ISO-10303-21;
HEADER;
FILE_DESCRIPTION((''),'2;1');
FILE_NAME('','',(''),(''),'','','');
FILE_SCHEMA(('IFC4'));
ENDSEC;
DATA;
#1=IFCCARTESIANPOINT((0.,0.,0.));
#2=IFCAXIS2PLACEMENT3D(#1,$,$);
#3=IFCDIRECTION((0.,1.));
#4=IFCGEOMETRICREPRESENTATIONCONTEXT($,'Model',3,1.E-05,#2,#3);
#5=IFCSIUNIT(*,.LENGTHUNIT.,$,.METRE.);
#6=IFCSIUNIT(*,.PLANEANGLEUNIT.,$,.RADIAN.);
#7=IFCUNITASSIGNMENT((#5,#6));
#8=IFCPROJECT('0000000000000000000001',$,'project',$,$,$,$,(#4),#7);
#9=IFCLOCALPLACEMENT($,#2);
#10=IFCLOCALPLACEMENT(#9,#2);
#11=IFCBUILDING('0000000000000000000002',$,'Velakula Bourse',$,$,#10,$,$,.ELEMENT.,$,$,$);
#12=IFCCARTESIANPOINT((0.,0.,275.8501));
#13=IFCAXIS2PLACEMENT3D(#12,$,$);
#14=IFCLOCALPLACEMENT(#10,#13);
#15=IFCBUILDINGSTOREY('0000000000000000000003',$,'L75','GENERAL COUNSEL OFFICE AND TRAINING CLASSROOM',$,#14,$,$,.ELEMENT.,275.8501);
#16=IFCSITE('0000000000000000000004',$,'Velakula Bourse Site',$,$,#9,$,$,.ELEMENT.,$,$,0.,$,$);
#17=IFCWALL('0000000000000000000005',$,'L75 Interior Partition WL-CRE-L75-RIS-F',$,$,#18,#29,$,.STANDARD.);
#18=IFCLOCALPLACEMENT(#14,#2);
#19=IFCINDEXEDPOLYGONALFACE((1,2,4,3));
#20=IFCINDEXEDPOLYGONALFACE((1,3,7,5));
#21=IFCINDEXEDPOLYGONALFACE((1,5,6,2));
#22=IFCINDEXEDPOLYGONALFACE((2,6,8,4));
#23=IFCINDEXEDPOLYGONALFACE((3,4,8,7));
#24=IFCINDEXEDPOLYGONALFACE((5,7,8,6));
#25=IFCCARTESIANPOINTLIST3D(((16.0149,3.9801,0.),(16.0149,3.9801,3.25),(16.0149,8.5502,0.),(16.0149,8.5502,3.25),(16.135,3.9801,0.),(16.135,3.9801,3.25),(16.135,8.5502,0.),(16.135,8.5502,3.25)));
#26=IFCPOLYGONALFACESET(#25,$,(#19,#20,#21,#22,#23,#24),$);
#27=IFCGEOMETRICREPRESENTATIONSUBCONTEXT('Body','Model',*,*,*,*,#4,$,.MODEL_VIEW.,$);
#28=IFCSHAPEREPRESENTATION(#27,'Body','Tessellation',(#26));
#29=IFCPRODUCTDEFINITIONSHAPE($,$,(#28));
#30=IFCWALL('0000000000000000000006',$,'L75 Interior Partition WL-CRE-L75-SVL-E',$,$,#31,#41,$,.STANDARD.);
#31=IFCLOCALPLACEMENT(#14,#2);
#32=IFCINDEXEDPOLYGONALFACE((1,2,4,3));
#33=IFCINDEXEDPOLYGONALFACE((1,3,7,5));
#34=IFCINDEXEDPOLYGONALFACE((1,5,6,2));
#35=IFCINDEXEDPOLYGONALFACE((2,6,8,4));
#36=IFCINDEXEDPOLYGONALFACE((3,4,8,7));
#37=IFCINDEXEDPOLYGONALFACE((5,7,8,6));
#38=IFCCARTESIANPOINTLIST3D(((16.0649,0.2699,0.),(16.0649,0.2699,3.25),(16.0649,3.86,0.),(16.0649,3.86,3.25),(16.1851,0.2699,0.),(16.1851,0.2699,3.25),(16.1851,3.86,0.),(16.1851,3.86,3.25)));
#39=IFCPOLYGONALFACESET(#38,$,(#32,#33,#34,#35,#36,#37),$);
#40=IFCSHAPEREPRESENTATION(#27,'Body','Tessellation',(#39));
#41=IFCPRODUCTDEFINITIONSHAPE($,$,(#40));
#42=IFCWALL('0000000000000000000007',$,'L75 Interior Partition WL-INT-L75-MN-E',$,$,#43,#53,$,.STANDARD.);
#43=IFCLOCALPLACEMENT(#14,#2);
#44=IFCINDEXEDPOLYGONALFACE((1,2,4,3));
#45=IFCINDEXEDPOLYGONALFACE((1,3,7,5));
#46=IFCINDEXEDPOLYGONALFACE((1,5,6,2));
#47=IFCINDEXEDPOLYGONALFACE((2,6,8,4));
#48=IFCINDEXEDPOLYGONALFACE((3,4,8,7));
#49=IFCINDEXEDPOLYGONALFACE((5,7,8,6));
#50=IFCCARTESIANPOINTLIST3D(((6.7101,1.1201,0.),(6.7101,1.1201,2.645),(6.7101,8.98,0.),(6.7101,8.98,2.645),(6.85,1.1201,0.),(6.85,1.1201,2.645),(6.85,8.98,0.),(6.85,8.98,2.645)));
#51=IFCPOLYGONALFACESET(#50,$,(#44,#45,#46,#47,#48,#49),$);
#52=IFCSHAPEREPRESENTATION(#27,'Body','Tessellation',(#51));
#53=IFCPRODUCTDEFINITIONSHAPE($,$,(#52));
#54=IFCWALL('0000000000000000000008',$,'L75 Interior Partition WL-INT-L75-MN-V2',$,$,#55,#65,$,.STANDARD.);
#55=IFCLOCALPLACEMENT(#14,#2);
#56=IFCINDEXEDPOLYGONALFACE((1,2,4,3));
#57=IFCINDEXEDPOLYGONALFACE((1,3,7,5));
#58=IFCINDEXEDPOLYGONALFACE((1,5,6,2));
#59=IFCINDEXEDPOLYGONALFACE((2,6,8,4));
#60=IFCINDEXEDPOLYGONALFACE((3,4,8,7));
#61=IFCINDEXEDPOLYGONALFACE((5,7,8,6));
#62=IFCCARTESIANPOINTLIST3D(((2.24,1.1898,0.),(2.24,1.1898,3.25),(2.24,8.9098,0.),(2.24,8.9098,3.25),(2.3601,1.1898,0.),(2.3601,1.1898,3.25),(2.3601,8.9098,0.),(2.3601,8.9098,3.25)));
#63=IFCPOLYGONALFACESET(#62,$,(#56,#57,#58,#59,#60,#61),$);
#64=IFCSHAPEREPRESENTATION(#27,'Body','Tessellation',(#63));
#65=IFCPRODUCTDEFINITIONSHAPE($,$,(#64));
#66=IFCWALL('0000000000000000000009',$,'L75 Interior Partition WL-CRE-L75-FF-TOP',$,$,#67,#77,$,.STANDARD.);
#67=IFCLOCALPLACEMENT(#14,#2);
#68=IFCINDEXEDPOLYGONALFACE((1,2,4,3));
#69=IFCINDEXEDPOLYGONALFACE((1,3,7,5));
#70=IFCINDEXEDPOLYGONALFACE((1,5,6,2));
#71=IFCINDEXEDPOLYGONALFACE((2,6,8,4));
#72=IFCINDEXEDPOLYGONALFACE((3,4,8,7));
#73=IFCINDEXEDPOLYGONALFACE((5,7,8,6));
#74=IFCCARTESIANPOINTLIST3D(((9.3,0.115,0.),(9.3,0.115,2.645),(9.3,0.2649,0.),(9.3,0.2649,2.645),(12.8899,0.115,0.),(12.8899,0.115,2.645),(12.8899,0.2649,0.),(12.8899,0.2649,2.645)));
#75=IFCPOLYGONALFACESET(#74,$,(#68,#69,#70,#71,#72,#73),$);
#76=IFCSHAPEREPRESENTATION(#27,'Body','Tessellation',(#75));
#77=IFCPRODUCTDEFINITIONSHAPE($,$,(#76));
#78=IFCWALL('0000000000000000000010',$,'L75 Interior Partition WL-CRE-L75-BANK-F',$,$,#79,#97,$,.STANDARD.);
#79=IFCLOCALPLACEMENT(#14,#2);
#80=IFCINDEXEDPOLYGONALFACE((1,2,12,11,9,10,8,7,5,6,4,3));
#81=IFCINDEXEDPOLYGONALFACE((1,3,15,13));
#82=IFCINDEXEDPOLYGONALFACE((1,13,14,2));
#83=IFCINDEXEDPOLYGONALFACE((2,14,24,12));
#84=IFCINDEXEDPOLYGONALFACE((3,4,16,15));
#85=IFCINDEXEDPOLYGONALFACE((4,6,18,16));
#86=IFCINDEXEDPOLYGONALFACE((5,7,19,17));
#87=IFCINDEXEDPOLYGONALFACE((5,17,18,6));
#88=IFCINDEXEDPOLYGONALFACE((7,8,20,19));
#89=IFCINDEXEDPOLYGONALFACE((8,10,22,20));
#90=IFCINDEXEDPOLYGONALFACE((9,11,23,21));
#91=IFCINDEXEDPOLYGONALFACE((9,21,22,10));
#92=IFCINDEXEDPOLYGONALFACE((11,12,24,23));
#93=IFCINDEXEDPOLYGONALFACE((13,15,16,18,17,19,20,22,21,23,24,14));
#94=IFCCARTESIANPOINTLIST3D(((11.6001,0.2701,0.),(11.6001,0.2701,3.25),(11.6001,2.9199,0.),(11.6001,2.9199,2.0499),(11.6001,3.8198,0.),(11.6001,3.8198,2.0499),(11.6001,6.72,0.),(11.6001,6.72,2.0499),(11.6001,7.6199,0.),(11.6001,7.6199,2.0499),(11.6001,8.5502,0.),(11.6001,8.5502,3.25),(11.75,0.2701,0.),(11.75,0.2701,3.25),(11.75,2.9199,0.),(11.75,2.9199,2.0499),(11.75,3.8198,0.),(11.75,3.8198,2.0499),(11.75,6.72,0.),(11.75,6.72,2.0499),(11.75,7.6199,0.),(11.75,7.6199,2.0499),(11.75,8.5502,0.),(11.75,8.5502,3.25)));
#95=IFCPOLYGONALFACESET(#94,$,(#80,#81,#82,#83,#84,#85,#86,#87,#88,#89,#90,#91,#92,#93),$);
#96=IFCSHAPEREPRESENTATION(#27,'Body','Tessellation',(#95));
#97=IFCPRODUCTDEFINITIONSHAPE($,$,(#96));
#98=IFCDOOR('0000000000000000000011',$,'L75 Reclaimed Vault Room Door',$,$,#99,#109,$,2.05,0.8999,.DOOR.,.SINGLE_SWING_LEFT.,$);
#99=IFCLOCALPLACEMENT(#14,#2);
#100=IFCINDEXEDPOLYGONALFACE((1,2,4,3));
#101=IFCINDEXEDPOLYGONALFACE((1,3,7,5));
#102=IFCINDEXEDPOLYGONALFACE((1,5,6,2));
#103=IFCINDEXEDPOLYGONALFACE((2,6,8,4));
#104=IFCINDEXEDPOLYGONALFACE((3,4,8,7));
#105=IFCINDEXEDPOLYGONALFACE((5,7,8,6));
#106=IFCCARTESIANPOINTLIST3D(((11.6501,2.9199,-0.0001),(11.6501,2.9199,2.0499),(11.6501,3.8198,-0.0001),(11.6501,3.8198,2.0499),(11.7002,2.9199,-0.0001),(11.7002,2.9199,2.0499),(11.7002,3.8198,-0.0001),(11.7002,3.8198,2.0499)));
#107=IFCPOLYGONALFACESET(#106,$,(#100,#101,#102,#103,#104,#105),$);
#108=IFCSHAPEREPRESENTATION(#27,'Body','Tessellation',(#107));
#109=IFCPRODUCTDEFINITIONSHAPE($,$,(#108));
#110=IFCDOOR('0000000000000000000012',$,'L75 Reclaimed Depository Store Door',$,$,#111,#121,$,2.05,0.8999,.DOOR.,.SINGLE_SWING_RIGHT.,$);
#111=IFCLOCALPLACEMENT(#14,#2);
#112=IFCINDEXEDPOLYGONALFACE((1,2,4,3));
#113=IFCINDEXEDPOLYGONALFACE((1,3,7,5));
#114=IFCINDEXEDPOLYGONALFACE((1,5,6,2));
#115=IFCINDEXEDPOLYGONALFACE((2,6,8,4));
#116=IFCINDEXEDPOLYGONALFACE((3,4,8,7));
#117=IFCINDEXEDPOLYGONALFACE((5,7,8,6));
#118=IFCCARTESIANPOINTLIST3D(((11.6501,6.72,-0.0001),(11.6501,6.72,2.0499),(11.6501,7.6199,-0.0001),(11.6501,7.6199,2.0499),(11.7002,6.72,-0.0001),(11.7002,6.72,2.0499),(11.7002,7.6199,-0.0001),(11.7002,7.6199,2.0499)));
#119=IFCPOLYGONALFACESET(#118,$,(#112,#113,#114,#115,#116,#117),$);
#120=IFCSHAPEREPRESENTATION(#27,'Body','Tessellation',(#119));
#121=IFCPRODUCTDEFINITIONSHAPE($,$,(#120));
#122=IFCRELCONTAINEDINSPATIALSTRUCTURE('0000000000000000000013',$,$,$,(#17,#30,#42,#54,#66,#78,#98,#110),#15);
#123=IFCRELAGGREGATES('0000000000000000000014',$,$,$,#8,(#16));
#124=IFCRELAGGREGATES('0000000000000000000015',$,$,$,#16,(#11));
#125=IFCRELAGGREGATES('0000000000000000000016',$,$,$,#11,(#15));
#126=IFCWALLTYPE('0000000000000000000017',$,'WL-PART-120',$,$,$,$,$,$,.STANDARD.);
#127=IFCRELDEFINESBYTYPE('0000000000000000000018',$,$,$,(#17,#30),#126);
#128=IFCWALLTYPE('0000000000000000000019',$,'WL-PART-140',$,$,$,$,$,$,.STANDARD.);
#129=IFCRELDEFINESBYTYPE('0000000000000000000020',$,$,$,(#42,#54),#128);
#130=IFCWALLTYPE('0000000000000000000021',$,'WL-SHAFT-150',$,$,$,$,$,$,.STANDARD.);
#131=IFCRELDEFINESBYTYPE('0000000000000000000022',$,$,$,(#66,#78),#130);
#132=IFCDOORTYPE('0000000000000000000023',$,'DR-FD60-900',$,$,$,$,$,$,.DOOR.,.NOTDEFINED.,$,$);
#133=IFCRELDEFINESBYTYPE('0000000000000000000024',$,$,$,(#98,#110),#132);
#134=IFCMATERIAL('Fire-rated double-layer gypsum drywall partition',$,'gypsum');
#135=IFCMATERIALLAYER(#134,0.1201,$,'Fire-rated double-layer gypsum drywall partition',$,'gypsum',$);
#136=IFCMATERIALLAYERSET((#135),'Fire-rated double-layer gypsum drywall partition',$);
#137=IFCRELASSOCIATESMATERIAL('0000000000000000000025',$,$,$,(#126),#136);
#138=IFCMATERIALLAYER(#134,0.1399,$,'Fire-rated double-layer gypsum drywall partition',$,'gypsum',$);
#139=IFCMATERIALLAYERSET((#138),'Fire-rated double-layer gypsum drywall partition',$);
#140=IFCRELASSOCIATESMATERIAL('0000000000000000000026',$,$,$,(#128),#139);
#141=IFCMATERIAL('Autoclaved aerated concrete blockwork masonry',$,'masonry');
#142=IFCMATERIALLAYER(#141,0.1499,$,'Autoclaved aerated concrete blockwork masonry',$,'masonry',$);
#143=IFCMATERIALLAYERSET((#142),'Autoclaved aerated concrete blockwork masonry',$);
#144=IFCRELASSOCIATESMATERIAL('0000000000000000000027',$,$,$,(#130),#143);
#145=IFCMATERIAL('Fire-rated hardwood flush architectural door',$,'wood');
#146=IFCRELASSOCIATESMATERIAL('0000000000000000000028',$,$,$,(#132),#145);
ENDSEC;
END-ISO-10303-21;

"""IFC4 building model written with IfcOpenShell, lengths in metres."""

from ifc_helpers import new_model, si_unit, direction, frame, frame_2d, origin, place, context, subcontext, project, spatial, rectangle, extrude, material, layer, layer_set, type_object, element, fill, save


model = new_model("IFC4")

# Units and contexts
model_context = context("Model", 3, precision=1e-05, world=origin(), true_north=direction((0.0, 1.0)))
body_context = subcontext(model_context, "Body", "Model", "MODEL_VIEW")
ifc_project = project(units=[si_unit("LENGTHUNIT", "METRE"), si_unit("PLANEANGLEUNIT", "RADIAN")], contexts=[model_context])

# Site, building, storey
site_placement = place(None, origin())
site = spatial("IfcSite", under=ifc_project, at=site_placement, Name="Velakula Bourse Site", CompositionType="ELEMENT", RefElevation=0.0)
building_placement = place(site_placement, origin())
building = spatial("IfcBuilding", under=site, at=building_placement, Name="Velakula Bourse", CompositionType="ELEMENT")
storey_placement = place(building_placement, frame((0.0, 0.0, 275.8501)))
storey = spatial("IfcBuildingStorey", under=building, at=storey_placement, Name="L75", Description="GENERAL COUNSEL OFFICE AND TRAINING CLASSROOM", CompositionType="ELEMENT", Elevation=275.8501)

# Shared definitions
ifc_material_1 = material(Name="Fire-rated double-layer gypsum drywall partition", Category="gypsum")
ifc_layer_1 = layer(ifc_material_1, 0.1201, Name="Fire-rated double-layer gypsum drywall partition", Category="gypsum")
ifc_layer_set_1 = layer_set([ifc_layer_1], Name="Fire-rated double-layer gypsum drywall partition")
wall_type_1 = type_object("IfcWallType", Name="WL-PART-120", PredefinedType="STANDARD", material=ifc_layer_set_1)
ifc_material_2 = material(Name="Fire-rated hardwood flush architectural door", Category="wood")

# Walls
wall_1_placement = place(storey_placement, frame((16.075, 3.98, 0.0), z_axis=(0.0, 0.0, 1.0), x_axis=(0.0, 1.0, 0.0)))
element("IfcWall", 1, at=wall_1_placement, inside=storey, type_object=wall_type_1, Name="L75 Interior Partition WL-CRE-L75-RIS-F", PredefinedType="STANDARD", context=body_context, shape_type="SweptSolid", body=[
    extrude(rectangle(XDim=4.5701, YDim=0.1201, at=frame_2d((2.2852, 0.0))), origin(), (0.0, 0.0, 1.0), 3.25),
])
wall_2_placement = place(storey_placement, frame((16.125, 0.27, 0.0), z_axis=(0.0, 0.0, 1.0), x_axis=(0.0, 1.0, 0.0)))
element("IfcWall", 2, at=wall_2_placement, inside=storey, type_object=wall_type_1, Name="L75 Interior Partition WL-CRE-L75-SVL-E", PredefinedType="STANDARD", context=body_context, shape_type="SweptSolid", body=[
    extrude(rectangle(XDim=3.5901, YDim=0.1201, at=frame_2d((1.7949, 0.0))), origin(), (0.0, 0.0, 1.0), 3.25),
])
ifc_layer_2 = layer(ifc_material_1, 0.1399, Name="Fire-rated double-layer gypsum drywall partition", Category="gypsum")
ifc_layer_set_2 = layer_set([ifc_layer_2], Name="Fire-rated double-layer gypsum drywall partition")
wall_type_2 = type_object("IfcWallType", Name="WL-PART-140", PredefinedType="STANDARD", material=ifc_layer_set_2)
wall_3_placement = place(storey_placement, frame((6.78, 1.1201, 0.0), z_axis=(0.0, 0.0, 1.0), x_axis=(0.0, 1.0, 0.0)))
element("IfcWall", 3, at=wall_3_placement, inside=storey, type_object=wall_type_2, Name="L75 Interior Partition WL-INT-L75-MN-E", PredefinedType="STANDARD", context=body_context, shape_type="SweptSolid", body=[
    extrude(rectangle(XDim=7.8599, YDim=0.1399, at=frame_2d((3.9299, 0.0))), origin(), (0.0, 0.0, 1.0), 2.645),
])
wall_4_placement = place(storey_placement, frame((2.3, 1.1899, 0.0), z_axis=(0.0, 0.0, 1.0), x_axis=(0.0, 1.0, 0.0)))
element("IfcWall", 4, at=wall_4_placement, inside=storey, type_object=wall_type_2, Name="L75 Interior Partition WL-INT-L75-MN-V2", PredefinedType="STANDARD", context=body_context, shape_type="SweptSolid", body=[
    extrude(rectangle(XDim=7.72, YDim=0.1201, at=frame_2d((3.8599, 0.0))), origin(), (0.0, 0.0, 1.0), 3.25),
])
ifc_material_3 = material(Name="Autoclaved aerated concrete blockwork masonry", Category="masonry")
ifc_layer_3 = layer(ifc_material_3, 0.1499, Name="Autoclaved aerated concrete blockwork masonry", Category="masonry")
ifc_layer_set_3 = layer_set([ifc_layer_3], Name="Autoclaved aerated concrete blockwork masonry")
wall_type_3 = type_object("IfcWallType", Name="WL-SHAFT-150", PredefinedType="STANDARD", material=ifc_layer_set_3)
wall_5_placement = place(storey_placement, frame((9.3, 0.1899, 0.0), z_axis=(0.0, 0.0, 1.0), x_axis=(1.0, 0.0, 0.0)))
element("IfcWall", 5, at=wall_5_placement, inside=storey, type_object=wall_type_3, Name="L75 Interior Partition WL-CRE-L75-FF-TOP", PredefinedType="STANDARD", context=body_context, shape_type="SweptSolid", body=[
    extrude(rectangle(XDim=3.5898, YDim=0.1499, at=frame_2d((1.7949, 0.0))), origin(), (0.0, 0.0, 1.0), 2.645),
])

# Wall, openings, doors
wall_6_placement = place(storey_placement, frame((11.675, 0.27, 0.0), z_axis=(0.0, 0.0, 1.0), x_axis=(0.0, 1.0, 0.0)))
wall_6 = element("IfcWall", 6, at=wall_6_placement, inside=storey, type_object=wall_type_3, Name="L75 Interior Partition WL-CRE-L75-BANK-F", PredefinedType="STANDARD", context=body_context, shape_type="SweptSolid", body=[
    extrude(rectangle(XDim=8.28, YDim=0.1499, at=frame_2d((4.1401, 0.0))), origin(), (0.0, 0.0, 1.0), 3.25),
])
opening_1_placement = place(wall_6_placement, frame((2.6499, 0.0, 0.0)))
opening_1 = element("IfcOpeningElement", 7, at=opening_1_placement, cuts=wall_6, PredefinedType="OPENING", context=body_context, shape_type="SweptSolid", body=[
    extrude(rectangle(XDim=0.8999, YDim=2.05, at=frame_2d((0.45, 1.0249))), frame((0.0, 0.085, 0.0), z_axis=(0.0, -1.0, 0.0), x_axis=(1.0, 0.0, 0.0)), (0.0, 0.0, 1.0), 0.1699),
])
opening_2_placement = place(wall_6_placement, frame((6.45, 0.0, 0.0)))
opening_2 = element("IfcOpeningElement", 8, at=opening_2_placement, cuts=wall_6, PredefinedType="OPENING", context=body_context, shape_type="SweptSolid", body=[
    extrude(rectangle(XDim=0.8999, YDim=2.05, at=frame_2d((0.45, 1.0249))), frame((0.0, 0.085, 0.0), z_axis=(0.0, -1.0, 0.0), x_axis=(1.0, 0.0, 0.0)), (0.0, 0.0, 1.0), 0.1699),
])
door_type_1 = type_object("IfcDoorType", Name="DR-FD60-900", OperationType="NOTDEFINED", PredefinedType="DOOR", material=ifc_material_2)
door_1_placement = place(opening_1_placement, origin())
door_1 = element("IfcDoor", 9, at=door_1_placement, inside=storey, type_object=door_type_1, Name="L75 Reclaimed Vault Room Door", OperationType="SINGLE_SWING_LEFT", OverallHeight=2.05, OverallWidth=0.8999, PredefinedType="DOOR", context=body_context, shape_type="SweptSolid", body=[
    extrude(rectangle(XDim=0.8999, YDim=2.05, at=frame_2d((0.45, 1.0249))), frame((0.0, 0.0249, 0.0), z_axis=(0.0, -1.0, 0.0), x_axis=(1.0, 0.0, 0.0)), (0.0, 0.0, 1.0), 0.05),
])
fill(opening_1, door_1)
door_2_placement = place(opening_2_placement, origin())
door_2 = element("IfcDoor", 10, at=door_2_placement, inside=storey, type_object=door_type_1, Name="L75 Reclaimed Depository Store Door", OperationType="SINGLE_SWING_RIGHT", OverallHeight=2.05, OverallWidth=0.8999, PredefinedType="DOOR", context=body_context, shape_type="SweptSolid", body=[
    extrude(rectangle(XDim=0.8999, YDim=2.05, at=frame_2d((0.45, 1.0249))), frame((0.0, 0.0249, 0.0), z_axis=(0.0, -1.0, 0.0), x_axis=(1.0, 0.0, 0.0)), (0.0, 0.0, 1.0), 0.05),
])
fill(opening_2, door_2)

save(model, "model.ifc")
